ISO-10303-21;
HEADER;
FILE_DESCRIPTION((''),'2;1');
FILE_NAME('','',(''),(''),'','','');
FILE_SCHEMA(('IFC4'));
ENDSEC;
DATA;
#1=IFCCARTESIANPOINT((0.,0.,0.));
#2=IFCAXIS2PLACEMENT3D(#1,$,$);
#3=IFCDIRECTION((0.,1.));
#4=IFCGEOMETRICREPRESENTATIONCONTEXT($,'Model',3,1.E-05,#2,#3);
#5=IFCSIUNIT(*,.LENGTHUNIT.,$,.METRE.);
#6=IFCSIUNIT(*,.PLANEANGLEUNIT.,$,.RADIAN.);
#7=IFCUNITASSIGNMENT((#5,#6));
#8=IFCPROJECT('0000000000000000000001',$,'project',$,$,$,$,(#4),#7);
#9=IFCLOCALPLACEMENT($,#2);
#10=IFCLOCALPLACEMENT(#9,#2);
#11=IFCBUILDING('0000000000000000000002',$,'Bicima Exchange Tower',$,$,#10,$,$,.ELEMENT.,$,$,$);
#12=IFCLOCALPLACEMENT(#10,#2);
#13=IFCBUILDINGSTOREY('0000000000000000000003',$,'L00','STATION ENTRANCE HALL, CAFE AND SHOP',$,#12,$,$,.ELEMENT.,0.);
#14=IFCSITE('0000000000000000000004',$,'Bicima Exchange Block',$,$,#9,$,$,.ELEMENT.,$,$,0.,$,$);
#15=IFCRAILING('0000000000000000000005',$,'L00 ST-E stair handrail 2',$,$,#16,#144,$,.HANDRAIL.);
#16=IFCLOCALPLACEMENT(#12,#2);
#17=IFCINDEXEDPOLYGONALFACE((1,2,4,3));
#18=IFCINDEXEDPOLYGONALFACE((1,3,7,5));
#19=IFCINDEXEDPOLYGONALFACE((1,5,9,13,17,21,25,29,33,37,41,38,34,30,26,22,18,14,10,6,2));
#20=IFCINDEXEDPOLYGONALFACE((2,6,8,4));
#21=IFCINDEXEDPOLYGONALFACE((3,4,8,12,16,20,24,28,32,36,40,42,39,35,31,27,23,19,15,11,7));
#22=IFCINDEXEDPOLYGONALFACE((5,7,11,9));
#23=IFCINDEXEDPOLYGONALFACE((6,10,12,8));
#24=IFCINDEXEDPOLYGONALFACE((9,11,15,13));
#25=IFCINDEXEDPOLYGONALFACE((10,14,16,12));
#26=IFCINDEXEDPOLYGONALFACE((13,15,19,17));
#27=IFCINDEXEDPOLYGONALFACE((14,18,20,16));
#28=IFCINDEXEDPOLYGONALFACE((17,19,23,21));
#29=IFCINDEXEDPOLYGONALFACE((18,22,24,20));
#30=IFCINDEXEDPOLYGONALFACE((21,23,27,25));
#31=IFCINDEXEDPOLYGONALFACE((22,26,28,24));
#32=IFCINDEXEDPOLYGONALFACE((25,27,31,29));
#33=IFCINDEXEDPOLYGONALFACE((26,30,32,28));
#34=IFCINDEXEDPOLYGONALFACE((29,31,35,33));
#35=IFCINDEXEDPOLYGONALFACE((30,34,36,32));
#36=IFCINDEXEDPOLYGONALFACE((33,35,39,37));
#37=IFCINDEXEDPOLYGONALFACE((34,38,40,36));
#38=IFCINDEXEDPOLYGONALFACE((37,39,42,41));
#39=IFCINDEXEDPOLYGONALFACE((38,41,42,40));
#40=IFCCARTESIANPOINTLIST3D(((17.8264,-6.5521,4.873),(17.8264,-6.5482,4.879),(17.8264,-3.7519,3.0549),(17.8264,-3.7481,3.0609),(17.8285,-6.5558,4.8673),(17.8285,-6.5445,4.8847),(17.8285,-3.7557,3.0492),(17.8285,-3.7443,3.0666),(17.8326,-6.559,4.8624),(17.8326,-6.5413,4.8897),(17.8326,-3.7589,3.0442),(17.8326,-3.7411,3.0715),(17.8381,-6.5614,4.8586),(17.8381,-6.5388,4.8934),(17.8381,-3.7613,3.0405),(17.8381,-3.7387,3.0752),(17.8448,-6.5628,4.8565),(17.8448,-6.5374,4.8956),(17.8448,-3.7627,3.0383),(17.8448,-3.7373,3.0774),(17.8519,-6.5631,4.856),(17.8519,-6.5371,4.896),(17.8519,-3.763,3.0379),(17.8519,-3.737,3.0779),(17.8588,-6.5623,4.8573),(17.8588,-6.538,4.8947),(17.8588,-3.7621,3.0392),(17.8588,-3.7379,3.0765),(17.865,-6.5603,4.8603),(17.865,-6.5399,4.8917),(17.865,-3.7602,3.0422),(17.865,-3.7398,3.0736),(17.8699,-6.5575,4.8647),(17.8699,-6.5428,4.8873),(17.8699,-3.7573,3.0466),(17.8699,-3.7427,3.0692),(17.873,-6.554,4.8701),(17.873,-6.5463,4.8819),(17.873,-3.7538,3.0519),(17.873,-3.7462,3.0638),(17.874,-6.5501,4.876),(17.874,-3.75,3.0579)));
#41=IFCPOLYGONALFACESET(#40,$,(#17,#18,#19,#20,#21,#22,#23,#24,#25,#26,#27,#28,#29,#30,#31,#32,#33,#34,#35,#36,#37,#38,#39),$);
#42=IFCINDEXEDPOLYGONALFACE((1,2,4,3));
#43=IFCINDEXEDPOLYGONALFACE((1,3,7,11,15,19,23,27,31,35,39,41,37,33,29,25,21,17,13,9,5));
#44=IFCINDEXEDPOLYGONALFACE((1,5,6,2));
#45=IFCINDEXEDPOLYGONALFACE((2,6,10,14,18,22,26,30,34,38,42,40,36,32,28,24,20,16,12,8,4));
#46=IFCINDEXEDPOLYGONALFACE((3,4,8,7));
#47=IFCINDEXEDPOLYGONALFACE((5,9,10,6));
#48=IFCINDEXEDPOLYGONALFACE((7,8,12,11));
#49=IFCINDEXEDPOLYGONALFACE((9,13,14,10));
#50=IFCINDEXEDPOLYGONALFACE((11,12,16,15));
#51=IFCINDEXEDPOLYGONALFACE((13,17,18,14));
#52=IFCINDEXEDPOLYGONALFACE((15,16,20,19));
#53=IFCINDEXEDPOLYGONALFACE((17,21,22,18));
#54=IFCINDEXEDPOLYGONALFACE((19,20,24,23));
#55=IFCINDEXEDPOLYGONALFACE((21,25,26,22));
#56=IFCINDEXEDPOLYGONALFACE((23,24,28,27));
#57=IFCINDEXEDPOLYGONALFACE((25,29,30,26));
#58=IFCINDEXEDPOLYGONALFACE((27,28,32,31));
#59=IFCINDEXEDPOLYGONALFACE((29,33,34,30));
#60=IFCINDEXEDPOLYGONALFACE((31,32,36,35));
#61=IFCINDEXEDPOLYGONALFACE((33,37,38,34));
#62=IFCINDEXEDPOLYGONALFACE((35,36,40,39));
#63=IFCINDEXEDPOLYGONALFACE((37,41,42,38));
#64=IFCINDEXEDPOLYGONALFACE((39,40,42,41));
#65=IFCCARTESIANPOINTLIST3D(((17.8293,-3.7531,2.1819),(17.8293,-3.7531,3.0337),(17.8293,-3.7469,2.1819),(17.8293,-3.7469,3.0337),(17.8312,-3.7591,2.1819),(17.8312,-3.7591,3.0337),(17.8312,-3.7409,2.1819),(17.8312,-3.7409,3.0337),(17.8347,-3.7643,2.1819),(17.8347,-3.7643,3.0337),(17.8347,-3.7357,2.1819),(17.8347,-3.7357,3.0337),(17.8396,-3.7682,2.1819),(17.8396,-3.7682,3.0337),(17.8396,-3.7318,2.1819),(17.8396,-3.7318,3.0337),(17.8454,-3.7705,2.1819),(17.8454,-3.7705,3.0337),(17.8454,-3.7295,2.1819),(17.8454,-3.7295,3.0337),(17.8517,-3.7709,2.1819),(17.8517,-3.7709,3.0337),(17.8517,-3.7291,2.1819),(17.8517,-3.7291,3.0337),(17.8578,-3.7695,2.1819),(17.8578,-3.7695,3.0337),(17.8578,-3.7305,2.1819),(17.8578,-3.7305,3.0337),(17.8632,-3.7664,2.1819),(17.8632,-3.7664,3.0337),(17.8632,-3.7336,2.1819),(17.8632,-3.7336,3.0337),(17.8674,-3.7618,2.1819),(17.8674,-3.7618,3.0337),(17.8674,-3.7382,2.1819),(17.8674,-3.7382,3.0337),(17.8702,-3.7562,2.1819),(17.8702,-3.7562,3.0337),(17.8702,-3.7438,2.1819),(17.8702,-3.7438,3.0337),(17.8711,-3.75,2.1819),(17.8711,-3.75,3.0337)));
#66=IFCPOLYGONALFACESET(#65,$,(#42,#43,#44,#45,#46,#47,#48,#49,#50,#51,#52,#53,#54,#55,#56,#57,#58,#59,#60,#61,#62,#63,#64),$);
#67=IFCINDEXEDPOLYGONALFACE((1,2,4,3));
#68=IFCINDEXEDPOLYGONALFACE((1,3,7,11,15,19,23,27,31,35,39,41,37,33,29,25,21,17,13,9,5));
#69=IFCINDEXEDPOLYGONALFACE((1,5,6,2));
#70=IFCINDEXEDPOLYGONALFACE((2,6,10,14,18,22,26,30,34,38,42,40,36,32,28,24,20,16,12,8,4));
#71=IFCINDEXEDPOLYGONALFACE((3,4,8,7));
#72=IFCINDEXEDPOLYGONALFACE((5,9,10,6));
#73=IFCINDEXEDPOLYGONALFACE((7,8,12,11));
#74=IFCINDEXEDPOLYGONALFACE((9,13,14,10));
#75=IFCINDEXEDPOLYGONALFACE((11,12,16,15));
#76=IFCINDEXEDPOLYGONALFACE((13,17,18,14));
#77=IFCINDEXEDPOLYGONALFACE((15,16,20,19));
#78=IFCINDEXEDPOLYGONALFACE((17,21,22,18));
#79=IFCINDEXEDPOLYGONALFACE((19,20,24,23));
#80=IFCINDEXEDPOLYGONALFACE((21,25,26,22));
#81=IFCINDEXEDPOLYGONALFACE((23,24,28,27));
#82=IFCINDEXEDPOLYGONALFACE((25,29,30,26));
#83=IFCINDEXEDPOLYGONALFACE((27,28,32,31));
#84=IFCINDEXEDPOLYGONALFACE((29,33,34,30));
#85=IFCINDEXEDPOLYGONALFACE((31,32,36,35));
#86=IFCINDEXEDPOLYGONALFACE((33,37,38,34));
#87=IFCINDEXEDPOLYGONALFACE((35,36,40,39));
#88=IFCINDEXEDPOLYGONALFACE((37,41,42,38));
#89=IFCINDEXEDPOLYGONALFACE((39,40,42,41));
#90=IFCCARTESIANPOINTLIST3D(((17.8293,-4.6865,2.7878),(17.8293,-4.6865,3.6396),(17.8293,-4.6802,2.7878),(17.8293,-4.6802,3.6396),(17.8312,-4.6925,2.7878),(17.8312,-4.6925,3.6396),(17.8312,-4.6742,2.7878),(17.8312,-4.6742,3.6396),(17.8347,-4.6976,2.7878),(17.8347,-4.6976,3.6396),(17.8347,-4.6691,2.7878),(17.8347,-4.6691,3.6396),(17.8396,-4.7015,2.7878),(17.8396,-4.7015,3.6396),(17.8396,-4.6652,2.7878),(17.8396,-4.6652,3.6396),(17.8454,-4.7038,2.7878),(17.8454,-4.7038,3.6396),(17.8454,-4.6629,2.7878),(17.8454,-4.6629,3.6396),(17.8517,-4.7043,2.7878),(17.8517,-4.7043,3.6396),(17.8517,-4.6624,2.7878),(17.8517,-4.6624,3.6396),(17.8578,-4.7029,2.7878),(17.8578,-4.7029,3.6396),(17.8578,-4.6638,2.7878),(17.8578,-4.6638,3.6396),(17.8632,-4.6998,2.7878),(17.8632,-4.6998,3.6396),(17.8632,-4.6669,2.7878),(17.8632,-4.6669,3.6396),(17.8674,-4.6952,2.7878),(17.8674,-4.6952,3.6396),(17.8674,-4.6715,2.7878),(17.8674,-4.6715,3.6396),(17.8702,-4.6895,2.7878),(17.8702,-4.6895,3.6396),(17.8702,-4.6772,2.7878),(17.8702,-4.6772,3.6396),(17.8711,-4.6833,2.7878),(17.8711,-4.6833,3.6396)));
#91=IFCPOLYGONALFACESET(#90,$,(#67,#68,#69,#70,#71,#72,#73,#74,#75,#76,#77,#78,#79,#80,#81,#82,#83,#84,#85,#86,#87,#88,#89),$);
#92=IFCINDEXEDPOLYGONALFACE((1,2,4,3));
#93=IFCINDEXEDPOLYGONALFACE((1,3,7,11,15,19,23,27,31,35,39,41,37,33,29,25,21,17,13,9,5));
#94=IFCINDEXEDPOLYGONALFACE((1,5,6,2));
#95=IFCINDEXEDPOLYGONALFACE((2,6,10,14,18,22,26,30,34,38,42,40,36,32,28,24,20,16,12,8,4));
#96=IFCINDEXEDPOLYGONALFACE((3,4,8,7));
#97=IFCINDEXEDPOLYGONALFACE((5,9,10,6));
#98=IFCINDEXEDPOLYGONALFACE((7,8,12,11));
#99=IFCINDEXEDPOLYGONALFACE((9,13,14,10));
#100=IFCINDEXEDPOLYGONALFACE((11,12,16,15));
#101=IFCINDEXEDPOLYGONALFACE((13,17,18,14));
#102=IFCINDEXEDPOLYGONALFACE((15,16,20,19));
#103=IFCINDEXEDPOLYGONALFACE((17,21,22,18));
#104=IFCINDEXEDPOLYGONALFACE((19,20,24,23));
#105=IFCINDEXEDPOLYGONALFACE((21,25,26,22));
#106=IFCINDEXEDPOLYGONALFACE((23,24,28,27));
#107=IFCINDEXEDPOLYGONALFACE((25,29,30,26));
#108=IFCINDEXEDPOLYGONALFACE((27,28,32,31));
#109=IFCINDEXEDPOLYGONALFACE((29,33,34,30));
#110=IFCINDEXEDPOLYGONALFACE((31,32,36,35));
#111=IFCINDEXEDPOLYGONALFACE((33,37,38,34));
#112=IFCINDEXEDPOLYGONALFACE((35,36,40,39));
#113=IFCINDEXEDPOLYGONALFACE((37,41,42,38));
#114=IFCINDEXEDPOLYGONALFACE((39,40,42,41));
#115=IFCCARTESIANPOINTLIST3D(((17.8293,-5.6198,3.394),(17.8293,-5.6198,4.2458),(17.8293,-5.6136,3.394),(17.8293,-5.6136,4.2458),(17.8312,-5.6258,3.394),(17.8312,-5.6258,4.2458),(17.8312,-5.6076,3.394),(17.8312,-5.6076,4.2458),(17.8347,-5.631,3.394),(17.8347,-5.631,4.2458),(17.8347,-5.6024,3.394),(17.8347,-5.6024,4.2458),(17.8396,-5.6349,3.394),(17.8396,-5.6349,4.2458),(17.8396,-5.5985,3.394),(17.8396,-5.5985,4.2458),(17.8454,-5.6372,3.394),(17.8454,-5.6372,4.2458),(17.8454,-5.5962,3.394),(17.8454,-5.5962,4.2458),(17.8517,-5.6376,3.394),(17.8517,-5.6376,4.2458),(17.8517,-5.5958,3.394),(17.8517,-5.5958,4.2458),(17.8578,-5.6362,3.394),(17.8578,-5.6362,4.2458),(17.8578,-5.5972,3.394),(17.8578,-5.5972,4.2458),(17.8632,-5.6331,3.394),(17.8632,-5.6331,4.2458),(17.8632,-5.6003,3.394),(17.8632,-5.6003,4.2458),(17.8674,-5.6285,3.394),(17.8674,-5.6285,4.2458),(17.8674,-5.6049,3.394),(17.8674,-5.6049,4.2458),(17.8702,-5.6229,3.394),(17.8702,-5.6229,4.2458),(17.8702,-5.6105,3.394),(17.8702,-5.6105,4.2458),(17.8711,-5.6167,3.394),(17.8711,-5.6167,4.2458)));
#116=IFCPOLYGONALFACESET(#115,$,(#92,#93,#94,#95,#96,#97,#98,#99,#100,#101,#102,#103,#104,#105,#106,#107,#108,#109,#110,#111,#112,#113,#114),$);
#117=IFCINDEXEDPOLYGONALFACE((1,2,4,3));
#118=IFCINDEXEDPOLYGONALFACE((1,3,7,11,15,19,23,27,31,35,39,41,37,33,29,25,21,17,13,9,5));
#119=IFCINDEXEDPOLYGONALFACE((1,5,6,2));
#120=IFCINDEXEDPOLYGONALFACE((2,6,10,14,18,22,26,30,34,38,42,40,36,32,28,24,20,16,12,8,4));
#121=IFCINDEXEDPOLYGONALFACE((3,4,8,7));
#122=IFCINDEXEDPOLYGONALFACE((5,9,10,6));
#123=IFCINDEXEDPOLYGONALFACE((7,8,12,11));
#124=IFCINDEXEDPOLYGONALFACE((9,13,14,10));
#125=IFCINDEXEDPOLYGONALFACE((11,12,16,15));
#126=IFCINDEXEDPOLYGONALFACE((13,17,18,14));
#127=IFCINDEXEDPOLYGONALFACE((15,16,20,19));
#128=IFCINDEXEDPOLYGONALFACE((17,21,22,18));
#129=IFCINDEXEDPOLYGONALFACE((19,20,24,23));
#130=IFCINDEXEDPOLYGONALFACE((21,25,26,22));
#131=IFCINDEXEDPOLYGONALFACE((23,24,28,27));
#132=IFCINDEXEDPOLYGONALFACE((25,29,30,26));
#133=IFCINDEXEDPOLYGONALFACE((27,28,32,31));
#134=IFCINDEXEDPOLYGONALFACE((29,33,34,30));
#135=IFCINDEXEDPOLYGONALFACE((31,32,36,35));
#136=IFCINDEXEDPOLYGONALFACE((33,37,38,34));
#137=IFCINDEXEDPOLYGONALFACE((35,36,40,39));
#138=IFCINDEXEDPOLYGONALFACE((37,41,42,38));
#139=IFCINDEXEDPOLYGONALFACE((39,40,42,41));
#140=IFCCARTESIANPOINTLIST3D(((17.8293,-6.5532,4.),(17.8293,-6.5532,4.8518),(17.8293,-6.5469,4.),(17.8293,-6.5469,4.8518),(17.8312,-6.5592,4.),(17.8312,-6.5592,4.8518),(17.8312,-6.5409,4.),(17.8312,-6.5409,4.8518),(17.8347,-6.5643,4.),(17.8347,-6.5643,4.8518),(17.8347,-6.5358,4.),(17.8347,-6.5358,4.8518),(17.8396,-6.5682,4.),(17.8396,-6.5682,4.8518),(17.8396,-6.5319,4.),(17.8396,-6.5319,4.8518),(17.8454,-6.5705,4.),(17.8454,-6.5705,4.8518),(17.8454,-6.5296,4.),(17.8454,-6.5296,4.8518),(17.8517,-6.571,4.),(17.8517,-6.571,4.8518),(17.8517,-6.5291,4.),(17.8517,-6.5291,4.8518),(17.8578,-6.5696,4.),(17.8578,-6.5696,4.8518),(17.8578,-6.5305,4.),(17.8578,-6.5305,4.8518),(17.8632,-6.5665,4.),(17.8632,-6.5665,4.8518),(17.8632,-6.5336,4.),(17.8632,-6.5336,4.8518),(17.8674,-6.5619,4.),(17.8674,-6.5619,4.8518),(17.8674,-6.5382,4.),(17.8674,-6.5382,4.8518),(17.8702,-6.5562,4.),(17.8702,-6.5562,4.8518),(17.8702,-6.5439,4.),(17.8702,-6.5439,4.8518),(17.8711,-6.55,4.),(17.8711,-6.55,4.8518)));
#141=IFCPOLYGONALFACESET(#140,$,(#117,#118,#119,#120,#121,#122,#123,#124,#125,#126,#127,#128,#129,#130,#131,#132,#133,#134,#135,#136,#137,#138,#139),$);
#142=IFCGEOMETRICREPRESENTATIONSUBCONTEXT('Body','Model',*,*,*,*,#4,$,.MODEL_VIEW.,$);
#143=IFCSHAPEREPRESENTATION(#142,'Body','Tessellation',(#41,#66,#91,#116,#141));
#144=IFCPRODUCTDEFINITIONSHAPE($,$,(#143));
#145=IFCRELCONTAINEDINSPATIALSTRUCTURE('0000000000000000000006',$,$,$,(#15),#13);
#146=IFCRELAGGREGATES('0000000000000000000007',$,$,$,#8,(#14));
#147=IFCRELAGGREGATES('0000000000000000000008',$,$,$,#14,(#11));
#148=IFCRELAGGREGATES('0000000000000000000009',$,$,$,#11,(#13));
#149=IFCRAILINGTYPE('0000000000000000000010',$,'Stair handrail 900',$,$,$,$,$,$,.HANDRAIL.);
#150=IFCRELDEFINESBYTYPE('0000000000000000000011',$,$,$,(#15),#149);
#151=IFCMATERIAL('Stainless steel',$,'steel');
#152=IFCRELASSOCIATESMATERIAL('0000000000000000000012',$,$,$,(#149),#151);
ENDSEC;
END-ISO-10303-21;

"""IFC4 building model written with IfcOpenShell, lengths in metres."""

from ifc_helpers import new_model, si_unit, direction, frame, origin, origin_2d, place, context, subcontext, project, spatial, circle, extrude, material, type_object, element, save


model = new_model("IFC4")

# Units and contexts
model_context = context("Model", 3, precision=1e-05, world=origin(), true_north=direction((0.0, 1.0)))
body_context = subcontext(model_context, "Body", "Model", "MODEL_VIEW")
ifc_project = project(units=[si_unit("LENGTHUNIT", "METRE"), si_unit("PLANEANGLEUNIT", "RADIAN")], contexts=[model_context])

# Site, building, storey
site_placement = place(None, origin())
site = spatial("IfcSite", under=ifc_project, at=site_placement, Name="Bicima Exchange Block", CompositionType="ELEMENT", RefElevation=0.0)
building_placement = place(site_placement, origin())
building = spatial("IfcBuilding", under=site, at=building_placement, Name="Bicima Exchange Tower", CompositionType="ELEMENT")
storey_placement = place(building_placement, origin())
storey = spatial("IfcBuildingStorey", under=building, at=storey_placement, Name="L00", Description="STATION ENTRANCE HALL, CAFE AND SHOP", CompositionType="ELEMENT", Elevation=0.0)

# Railing
ifc_material_1 = material(Name="Stainless steel", Category="steel")
railing_type_1 = type_object("IfcRailingType", Name="Stair handrail 900", PredefinedType="HANDRAIL", material=ifc_material_1)
railing_1_placement = place(storey_placement, frame((17.8501, -3.75, 2.1819)))
element("IfcRailing", 1, at=railing_1_placement, inside=storey, type_object=railing_type_1, Name="L00 ST-E stair handrail 2", PredefinedType="HANDRAIL", context=body_context, shape_type="SweptSolid", body=[
    extrude(circle(Radius=0.0239, at=origin_2d()), frame((0.0, 0.0, 0.876), z_axis=(0.0, -0.838706, 0.544585), x_axis=(1.0, 0.0, 0.0)), (0.0, 0.0, 1.0), 3.3386),
    extrude(circle(Radius=0.021, at=origin_2d()), origin(), (0.0, 0.0, 1.0), 0.8518),
    extrude(circle(Radius=0.021, at=origin_2d()), frame((0.0, -0.9333, 0.606)), (0.0, 0.0, 1.0), 0.8518),
    extrude(circle(Radius=0.021, at=origin_2d()), frame((0.0, -1.8667, 1.2122)), (0.0, 0.0, 1.0), 0.8518),
    extrude(circle(Radius=0.021, at=origin_2d()), frame((0.0, -2.8, 1.8181)), (0.0, 0.0, 1.0), 0.8518),
])

save(model, "model.ifc")
